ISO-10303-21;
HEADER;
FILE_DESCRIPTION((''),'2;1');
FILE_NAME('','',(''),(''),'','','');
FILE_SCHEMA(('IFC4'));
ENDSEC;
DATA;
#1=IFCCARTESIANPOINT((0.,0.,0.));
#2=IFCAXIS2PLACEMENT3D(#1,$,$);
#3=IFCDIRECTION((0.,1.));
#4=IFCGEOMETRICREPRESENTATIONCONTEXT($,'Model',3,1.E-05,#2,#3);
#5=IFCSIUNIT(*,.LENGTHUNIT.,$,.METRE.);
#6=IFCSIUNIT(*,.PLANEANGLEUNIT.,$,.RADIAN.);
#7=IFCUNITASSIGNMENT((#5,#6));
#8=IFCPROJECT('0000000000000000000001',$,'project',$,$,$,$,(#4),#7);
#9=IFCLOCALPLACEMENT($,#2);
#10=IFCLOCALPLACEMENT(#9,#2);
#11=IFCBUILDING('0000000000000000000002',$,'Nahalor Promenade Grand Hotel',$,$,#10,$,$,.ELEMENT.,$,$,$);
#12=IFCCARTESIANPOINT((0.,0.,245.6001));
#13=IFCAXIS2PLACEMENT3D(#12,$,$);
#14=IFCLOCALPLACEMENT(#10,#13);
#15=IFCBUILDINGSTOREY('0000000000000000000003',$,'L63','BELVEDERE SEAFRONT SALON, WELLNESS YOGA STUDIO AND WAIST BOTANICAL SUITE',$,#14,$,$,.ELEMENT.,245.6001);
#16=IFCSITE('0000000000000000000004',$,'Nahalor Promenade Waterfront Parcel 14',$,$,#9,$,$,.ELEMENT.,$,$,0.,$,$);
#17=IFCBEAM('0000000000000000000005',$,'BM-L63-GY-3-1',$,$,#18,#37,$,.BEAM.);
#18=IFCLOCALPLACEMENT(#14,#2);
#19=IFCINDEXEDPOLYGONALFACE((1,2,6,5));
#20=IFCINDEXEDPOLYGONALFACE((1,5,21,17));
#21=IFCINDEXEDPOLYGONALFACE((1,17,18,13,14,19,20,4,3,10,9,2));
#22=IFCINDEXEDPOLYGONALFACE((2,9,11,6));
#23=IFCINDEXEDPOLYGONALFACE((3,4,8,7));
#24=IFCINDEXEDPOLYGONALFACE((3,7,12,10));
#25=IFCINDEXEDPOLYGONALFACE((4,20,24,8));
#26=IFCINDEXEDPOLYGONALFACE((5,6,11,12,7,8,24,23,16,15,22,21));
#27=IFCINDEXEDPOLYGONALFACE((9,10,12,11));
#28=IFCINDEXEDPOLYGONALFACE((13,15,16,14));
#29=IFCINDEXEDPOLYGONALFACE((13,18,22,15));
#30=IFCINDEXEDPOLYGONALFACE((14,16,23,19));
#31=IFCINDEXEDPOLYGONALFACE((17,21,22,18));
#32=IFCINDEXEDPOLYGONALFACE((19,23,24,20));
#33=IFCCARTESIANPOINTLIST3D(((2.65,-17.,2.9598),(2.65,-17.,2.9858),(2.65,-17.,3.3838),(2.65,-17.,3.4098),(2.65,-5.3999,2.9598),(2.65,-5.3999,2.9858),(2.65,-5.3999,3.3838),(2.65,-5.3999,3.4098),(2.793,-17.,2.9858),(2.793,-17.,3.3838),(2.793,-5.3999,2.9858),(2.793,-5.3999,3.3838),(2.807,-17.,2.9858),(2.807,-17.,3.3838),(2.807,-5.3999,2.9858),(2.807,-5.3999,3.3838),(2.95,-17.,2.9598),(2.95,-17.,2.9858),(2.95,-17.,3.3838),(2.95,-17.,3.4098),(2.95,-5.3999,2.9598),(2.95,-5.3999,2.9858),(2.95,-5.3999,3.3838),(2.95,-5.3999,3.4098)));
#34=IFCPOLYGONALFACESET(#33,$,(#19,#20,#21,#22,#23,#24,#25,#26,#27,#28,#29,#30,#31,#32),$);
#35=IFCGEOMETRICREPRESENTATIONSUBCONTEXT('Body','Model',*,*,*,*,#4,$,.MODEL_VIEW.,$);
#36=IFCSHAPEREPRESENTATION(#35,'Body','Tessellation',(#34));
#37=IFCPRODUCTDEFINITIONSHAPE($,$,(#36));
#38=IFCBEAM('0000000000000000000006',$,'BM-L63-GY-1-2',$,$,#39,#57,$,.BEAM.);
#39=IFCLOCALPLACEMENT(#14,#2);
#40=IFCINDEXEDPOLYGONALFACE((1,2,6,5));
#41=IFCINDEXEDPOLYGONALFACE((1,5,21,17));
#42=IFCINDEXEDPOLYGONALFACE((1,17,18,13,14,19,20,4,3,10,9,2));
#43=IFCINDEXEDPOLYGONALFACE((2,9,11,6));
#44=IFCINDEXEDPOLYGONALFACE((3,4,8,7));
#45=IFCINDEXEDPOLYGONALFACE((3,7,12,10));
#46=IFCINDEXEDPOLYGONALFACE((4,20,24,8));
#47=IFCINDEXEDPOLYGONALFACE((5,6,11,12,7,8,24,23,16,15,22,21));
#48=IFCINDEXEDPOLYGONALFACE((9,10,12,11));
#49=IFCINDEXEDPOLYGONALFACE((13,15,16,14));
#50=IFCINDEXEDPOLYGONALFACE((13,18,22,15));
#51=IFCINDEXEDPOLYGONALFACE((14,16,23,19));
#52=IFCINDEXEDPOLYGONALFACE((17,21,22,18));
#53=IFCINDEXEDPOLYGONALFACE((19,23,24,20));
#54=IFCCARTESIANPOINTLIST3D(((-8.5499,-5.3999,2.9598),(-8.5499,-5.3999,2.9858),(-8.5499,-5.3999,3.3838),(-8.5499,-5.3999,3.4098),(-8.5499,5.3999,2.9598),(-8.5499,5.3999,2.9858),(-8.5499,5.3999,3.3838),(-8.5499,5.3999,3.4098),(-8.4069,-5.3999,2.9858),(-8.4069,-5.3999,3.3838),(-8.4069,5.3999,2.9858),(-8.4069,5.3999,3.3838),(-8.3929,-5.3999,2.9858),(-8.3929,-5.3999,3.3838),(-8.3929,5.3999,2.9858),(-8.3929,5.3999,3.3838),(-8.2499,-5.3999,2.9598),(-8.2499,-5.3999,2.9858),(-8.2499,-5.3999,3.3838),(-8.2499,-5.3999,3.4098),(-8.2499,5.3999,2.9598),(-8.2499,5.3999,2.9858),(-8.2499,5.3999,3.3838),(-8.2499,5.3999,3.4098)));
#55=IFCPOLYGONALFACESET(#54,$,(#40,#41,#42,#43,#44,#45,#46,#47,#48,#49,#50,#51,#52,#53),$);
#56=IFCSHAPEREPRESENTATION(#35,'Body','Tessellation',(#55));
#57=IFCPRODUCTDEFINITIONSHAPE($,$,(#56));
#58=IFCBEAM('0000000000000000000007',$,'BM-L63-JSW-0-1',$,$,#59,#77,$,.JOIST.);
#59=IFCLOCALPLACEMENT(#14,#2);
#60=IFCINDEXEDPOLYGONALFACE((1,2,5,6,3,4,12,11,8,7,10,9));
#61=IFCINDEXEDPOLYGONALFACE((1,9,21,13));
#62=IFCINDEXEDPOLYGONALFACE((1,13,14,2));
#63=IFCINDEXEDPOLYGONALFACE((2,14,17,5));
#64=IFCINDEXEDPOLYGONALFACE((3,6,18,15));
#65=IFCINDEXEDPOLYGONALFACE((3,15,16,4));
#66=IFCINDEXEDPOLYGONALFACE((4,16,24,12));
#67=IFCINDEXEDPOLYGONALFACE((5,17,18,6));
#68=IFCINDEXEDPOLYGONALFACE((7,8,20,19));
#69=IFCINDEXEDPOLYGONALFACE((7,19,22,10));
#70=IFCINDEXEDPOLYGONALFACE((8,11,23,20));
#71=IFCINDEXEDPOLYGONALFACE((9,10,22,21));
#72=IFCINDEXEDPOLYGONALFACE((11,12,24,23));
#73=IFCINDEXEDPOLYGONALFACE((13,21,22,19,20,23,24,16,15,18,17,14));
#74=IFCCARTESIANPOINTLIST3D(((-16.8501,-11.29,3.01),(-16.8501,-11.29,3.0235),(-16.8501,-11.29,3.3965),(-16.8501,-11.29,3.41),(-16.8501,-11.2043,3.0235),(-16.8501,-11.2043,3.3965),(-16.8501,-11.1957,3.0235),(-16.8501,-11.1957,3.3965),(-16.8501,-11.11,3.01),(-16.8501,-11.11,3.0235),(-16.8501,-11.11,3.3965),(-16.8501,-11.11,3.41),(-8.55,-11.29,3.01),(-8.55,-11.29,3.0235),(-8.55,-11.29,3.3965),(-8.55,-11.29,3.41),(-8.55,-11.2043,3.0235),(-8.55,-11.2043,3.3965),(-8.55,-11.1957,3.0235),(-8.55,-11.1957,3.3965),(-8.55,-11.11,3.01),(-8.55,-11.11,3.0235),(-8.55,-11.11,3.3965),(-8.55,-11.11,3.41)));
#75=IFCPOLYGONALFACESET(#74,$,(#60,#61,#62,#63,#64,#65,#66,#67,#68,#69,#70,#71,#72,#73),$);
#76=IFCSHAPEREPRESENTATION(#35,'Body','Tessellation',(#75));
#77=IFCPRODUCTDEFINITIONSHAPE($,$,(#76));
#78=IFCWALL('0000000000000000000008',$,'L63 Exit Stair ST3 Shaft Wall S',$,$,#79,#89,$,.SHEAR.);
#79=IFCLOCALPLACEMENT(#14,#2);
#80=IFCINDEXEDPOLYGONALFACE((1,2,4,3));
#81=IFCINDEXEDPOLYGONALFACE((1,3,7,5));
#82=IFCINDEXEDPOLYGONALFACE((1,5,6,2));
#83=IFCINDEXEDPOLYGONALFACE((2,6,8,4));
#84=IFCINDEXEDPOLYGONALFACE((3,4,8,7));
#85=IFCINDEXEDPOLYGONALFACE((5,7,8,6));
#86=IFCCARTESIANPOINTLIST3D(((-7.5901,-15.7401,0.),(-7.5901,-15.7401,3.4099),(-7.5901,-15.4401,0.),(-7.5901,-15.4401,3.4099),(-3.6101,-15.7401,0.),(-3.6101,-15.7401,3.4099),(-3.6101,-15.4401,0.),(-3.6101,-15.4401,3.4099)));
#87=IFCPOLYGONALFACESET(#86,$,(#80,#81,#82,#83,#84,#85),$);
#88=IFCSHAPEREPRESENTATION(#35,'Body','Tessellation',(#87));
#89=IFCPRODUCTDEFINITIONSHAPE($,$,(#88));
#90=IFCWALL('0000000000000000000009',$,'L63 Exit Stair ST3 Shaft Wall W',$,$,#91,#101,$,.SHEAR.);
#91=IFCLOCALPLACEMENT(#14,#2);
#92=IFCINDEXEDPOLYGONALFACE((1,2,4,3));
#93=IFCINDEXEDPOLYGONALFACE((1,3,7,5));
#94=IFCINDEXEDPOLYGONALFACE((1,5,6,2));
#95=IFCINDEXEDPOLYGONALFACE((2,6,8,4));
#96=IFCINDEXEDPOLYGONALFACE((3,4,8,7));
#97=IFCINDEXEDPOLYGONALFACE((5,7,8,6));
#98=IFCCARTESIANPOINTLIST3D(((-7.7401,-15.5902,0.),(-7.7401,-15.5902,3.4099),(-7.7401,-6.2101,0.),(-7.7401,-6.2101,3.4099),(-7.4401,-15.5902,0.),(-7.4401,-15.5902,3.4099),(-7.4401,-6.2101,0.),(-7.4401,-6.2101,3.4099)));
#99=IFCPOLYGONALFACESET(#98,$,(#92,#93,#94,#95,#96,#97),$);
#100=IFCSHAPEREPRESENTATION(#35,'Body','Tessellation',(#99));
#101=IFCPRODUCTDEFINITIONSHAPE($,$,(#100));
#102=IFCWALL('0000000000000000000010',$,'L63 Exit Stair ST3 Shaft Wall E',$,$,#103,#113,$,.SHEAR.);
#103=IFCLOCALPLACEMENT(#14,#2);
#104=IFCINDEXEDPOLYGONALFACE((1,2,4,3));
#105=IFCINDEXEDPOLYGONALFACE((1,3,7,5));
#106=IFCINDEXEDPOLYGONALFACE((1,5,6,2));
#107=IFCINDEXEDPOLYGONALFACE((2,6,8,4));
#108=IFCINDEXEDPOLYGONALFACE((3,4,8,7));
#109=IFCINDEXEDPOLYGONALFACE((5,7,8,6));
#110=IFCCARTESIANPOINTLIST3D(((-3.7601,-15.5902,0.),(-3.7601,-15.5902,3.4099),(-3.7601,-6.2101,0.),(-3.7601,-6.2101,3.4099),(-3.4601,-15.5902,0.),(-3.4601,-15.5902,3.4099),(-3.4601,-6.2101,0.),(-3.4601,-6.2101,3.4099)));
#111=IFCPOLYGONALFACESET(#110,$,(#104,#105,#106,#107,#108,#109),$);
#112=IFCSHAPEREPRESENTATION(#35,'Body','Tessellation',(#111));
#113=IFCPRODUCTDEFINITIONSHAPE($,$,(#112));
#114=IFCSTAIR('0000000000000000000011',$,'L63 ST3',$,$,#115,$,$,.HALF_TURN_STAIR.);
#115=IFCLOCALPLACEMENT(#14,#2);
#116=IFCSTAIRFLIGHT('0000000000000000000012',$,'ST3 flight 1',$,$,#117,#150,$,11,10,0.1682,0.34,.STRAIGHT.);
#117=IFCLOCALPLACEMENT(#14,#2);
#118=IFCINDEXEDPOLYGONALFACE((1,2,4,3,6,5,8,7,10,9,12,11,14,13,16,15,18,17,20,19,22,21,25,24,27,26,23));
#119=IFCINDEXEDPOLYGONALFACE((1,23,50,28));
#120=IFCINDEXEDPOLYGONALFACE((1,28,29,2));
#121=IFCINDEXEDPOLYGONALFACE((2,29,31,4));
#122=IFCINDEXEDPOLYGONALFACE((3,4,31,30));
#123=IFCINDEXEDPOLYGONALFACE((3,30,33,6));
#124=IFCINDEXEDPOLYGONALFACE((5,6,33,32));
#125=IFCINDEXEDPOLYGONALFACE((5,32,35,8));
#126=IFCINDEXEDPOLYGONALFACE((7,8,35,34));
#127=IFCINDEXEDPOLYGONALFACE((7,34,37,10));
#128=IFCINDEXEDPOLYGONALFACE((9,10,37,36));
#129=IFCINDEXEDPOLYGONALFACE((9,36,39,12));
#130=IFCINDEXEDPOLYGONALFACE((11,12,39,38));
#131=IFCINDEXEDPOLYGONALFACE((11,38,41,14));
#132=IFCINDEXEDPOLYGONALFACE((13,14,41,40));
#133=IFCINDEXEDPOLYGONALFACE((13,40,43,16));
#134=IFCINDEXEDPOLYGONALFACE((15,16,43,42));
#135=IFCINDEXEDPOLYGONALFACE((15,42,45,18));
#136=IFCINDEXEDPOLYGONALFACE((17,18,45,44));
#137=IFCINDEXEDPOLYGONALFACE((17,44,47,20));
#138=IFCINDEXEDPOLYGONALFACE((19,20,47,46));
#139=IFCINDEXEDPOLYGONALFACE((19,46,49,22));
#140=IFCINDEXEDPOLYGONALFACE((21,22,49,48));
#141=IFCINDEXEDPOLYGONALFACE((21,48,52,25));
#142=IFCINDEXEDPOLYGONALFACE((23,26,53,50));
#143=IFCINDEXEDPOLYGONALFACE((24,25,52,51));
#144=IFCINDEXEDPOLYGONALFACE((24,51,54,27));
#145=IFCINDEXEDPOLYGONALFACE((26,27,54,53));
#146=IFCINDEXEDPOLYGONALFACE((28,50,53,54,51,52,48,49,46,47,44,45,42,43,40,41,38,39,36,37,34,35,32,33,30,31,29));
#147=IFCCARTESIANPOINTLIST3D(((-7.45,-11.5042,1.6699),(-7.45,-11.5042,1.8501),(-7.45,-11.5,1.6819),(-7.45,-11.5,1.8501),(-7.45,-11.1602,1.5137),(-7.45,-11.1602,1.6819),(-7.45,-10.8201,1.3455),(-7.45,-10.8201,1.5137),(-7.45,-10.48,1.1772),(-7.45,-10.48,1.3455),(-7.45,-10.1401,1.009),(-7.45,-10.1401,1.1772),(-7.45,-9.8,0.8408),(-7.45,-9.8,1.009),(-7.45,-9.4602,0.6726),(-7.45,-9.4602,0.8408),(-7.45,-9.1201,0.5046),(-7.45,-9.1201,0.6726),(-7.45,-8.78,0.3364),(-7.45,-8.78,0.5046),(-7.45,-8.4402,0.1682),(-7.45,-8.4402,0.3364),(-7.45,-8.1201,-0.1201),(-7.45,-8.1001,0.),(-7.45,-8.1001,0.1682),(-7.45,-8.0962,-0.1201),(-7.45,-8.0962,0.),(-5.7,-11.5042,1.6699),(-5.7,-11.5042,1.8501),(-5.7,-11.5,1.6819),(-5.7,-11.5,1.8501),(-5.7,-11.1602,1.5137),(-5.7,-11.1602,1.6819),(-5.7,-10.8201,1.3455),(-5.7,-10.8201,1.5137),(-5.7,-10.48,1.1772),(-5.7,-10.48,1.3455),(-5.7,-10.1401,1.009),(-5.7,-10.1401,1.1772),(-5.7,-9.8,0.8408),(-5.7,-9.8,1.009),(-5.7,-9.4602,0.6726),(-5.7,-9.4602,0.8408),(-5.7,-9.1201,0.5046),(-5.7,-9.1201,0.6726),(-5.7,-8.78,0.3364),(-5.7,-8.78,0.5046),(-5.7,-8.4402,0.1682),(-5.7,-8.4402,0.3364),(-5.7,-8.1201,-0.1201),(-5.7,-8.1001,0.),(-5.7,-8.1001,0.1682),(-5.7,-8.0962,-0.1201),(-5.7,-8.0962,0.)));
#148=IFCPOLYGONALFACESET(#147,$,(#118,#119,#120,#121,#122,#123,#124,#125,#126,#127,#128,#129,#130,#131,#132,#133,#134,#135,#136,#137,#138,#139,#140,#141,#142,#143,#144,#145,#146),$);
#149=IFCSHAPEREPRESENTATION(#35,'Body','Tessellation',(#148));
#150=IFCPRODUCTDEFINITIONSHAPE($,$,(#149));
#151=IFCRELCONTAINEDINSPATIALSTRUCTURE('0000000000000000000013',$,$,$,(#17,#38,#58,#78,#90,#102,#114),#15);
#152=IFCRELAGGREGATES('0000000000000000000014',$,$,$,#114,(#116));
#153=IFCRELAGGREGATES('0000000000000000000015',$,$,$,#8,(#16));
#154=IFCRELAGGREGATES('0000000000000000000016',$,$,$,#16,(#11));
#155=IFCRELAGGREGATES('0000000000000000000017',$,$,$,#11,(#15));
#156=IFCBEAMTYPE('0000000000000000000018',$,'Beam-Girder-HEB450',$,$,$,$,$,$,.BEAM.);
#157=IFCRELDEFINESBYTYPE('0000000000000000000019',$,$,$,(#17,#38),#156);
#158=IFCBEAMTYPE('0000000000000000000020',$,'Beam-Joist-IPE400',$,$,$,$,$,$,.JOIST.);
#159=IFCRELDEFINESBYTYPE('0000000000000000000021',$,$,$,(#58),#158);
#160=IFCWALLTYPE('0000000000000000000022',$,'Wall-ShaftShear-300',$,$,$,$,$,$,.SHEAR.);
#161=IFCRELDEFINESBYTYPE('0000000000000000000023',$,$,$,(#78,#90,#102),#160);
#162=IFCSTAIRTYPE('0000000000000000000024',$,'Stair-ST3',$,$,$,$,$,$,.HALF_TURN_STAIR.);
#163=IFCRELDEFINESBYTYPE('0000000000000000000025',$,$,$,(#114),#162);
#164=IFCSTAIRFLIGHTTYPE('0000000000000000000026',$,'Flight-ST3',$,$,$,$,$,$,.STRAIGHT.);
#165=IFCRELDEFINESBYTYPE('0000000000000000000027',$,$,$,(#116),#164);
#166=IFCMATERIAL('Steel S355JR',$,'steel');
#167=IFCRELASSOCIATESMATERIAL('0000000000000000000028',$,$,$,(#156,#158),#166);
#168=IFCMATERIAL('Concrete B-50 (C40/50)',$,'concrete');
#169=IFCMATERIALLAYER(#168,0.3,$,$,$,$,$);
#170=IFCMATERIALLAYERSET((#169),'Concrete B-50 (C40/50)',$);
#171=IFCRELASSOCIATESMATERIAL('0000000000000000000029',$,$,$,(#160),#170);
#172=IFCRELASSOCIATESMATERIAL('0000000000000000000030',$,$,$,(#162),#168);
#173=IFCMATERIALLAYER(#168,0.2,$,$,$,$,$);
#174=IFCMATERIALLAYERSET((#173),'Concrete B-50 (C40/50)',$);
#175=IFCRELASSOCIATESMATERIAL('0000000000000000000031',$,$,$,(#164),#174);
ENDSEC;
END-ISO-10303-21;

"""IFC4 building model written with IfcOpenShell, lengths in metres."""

from ifc_helpers import new_model, si_unit, direction, frame, frame_2d, origin, origin_2d, place, context, subcontext, project, spatial, polyline, rectangle, i_section, outline, extrude, source, transform, mapped, material, layer, layer_set, material_profile, profile_set, type_object, element, aggregate, save


model = new_model("IFC4")

# Units and contexts
model_context = context("Model", 3, precision=1e-05, world=origin(), true_north=direction((0.0, 1.0)))
body_context = subcontext(model_context, "Body", "Model", "MODEL_VIEW")
ifc_project = project(units=[si_unit("LENGTHUNIT", "METRE"), si_unit("PLANEANGLEUNIT", "RADIAN")], contexts=[model_context])

# Site, building, storey
site_placement = place(None, origin())
site = spatial("IfcSite", under=ifc_project, at=site_placement, Name="Nahalor Promenade Waterfront Parcel 14", CompositionType="ELEMENT", RefElevation=0.0)
building_placement = place(site_placement, origin())
building = spatial("IfcBuilding", under=site, at=building_placement, Name="Nahalor Promenade Grand Hotel", CompositionType="ELEMENT")
storey_placement = place(building_placement, frame((0.0, 0.0, 245.6001)))
storey = spatial("IfcBuildingStorey", under=building, at=storey_placement, Name="L63", Description="BELVEDERE SEAFRONT SALON, WELLNESS YOGA STUDIO AND WAIST BOTANICAL SUITE", CompositionType="ELEMENT", Elevation=245.6001)

# Beams
ifc_material_1 = material(Name="Steel S355JR", Category="steel")
ifc_material_profile_1 = material_profile(ifc_material_1, i_section(OverallWidth=0.3, OverallDepth=0.45, WebThickness=0.014, FlangeThickness=0.026, at=origin_2d()), Name="HEB 450")
ifc_profile_set_1 = profile_set([ifc_material_profile_1], Name="Steel S355JR")
beam_type_1 = type_object("IfcBeamType", Name="Beam-Girder-HEB450", PredefinedType="BEAM", material=ifc_profile_set_1)
shared_shape_1 = source(origin(), body_context, "Body", "SweptSolid", [
    extrude(i_section(OverallWidth=0.3, OverallDepth=0.45, WebThickness=0.014, FlangeThickness=0.026, at=origin_2d()), origin(), (0.0, 0.0, 1.0), 11.6001),
])
for number, where, z_axis, x_axis, name in (
    (1, (2.8, -17.0, 3.1848), (0.0, 1.0, 0.0), (-1.0, 0.0, 0.0), "BM-L63-GY-3-1"),
):
    element("IfcBeam", number, at=place(storey_placement, frame(where, z_axis=z_axis, x_axis=x_axis)), inside=storey, type_object=beam_type_1, Name=name, PredefinedType="BEAM", context=body_context, shape_type="MappedRepresentation", body=[
        mapped(shared_shape_1, transform((0.0, 0.0, 0.0), scale=1.0)),
    ])
shared_shape_2 = source(origin(), body_context, "Body", "SweptSolid", [
    extrude(i_section(OverallWidth=0.3, OverallDepth=0.45, WebThickness=0.014, FlangeThickness=0.026, at=origin_2d()), origin(), (0.0, 0.0, 1.0), 10.7998),
])
beam_1_placement = place(storey_placement, frame((-8.3999, -5.3999, 3.1848), z_axis=(0.0, 1.0, 0.0), x_axis=(-1.0, 0.0, 0.0)))
element("IfcBeam", 2, at=beam_1_placement, inside=storey, type_object=beam_type_1, Name="BM-L63-GY-1-2", PredefinedType="BEAM", context=body_context, shape_type="MappedRepresentation", body=[
    mapped(shared_shape_2, transform((0.0, 0.0, 0.0), scale=1.0)),
])
ifc_material_profile_2 = material_profile(ifc_material_1, i_section(OverallWidth=0.18, OverallDepth=0.4, WebThickness=0.0086, FlangeThickness=0.0135, at=origin_2d()), Name="IPE 400")
ifc_profile_set_2 = profile_set([ifc_material_profile_2], Name="Steel S355JR")
beam_type_2 = type_object("IfcBeamType", Name="Beam-Joist-IPE400", PredefinedType="JOIST", material=ifc_profile_set_2)
shared_shape_3 = source(origin(), body_context, "Body", "SweptSolid", [
    extrude(i_section(OverallWidth=0.18, OverallDepth=0.4, WebThickness=0.0086, FlangeThickness=0.0135, at=origin_2d()), origin(), (0.0, 0.0, 1.0), 8.3),
])
beam_2_placement = place(storey_placement, frame((-16.8501, -11.2, 3.21), z_axis=(1.0, 0.0, 0.0), x_axis=(0.0, 1.0, 0.0)))
element("IfcBeam", 3, at=beam_2_placement, inside=storey, type_object=beam_type_2, Name="BM-L63-JSW-0-1", PredefinedType="JOIST", context=body_context, shape_type="MappedRepresentation", body=[
    mapped(shared_shape_3, transform((0.0, 0.0, 0.0), scale=1.0)),
])

# Wall
ifc_material_2 = material(Name="Concrete B-50 (C40/50)", Category="concrete")
ifc_layer_1 = layer(ifc_material_2, 0.3)
ifc_layer_set_1 = layer_set([ifc_layer_1], Name="Concrete B-50 (C40/50)")
wall_type = type_object("IfcWallType", Name="Wall-ShaftShear-300", PredefinedType="SHEAR", material=ifc_layer_set_1)
shared_shape_4 = source(origin(), body_context, "Body", "SweptSolid", [
    extrude(rectangle(XDim=3.98, YDim=0.3, at=frame_2d((1.99, 0.0))), origin(), (0.0, 0.0, 1.0), 3.4099),
])
wall_1_placement = place(storey_placement, frame((-7.5901, -15.5901, 0.0), z_axis=(0.0, 0.0, 1.0), x_axis=(1.0, 0.0, 0.0)))
element("IfcWall", 4, at=wall_1_placement, inside=storey, type_object=wall_type, Name="L63 Exit Stair ST3 Shaft Wall S", PredefinedType="SHEAR", context=body_context, shape_type="MappedRepresentation", body=[
    mapped(shared_shape_4, transform((0.0, 0.0, 0.0), scale=1.0)),
])

# Walls
shared_shape_5 = source(origin(), body_context, "Body", "SweptSolid", [
    extrude(rectangle(XDim=9.3801, YDim=0.3, at=frame_2d((4.6899, 0.0))), origin(), (0.0, 0.0, 1.0), 3.4099),
])
for number, where, z_axis, x_axis, name in (
    (5, (-7.5901, -15.5901, 0.0), (0.0, 0.0, 1.0), (0.0, 1.0, 0.0), "L63 Exit Stair ST3 Shaft Wall W"),
    (6, (-3.6101, -15.5901, 0.0), (0.0, 0.0, 1.0), (0.0, 1.0, 0.0), "L63 Exit Stair ST3 Shaft Wall E"),
):
    element("IfcWall", number, at=place(storey_placement, frame(where, z_axis=z_axis, x_axis=x_axis)), inside=storey, type_object=wall_type, Name=name, PredefinedType="SHEAR", context=body_context, shape_type="MappedRepresentation", body=[
        mapped(shared_shape_5, transform((0.0, 0.0, 0.0), scale=1.0)),
    ])

# Stair, stair flight
stair_type = type_object("IfcStairType", Name="Stair-ST3", PredefinedType="HALF_TURN_STAIR", material=ifc_material_2)
stair_placement = place(storey_placement, origin())
stair = element("IfcStair", 7, at=stair_placement, inside=storey, type_object=stair_type, Name="L63 ST3", PredefinedType="HALF_TURN_STAIR")
ifc_layer_2 = layer(ifc_material_2, 0.2)
ifc_layer_set_2 = layer_set([ifc_layer_2], Name="Concrete B-50 (C40/50)")
stair_flight_type = type_object("IfcStairFlightType", Name="Flight-ST3", PredefinedType="STRAIGHT", material=ifc_layer_set_2)
shared_shape_6 = source(origin(), body_context, "Body", "SweptSolid", [
    extrude(outline(polyline([(-0.0039, -0.1201), (-0.0039, 0.0), (0.0, 0.0), (0.0, 0.1682), (0.3401, 0.1682), (0.3401, 0.3364), (0.6799, 0.3364), (0.6799, 0.5046), (1.02, 0.5046), (1.02, 0.6726), (1.3601, 0.6726), (1.3601, 0.8408), (1.7, 0.8408), (1.7, 1.009), (2.04, 1.009), (2.04, 1.1772), (2.3799, 1.1772), (2.3799, 1.3455), (2.72, 1.3455), (2.72, 1.5137), (3.0601, 1.5137), (3.0601, 1.6819), (3.3999, 1.6819), (3.3999, 1.8501), (3.4041, 1.8501), (3.4041, 1.6699), (0.02, -0.1201), (-0.0039, -0.1201)])), frame((0.0, 0.875, 0.0), z_axis=(0.0, -1.0, 0.0), x_axis=(1.0, 0.0, 0.0)), (0.0, 0.0, 1.0), 1.75),
])
stair_flight_1_placement = place(storey_placement, frame((-6.575, -8.1001, 0.0), z_axis=(0.0, 0.0, 1.0), x_axis=(0.0, -1.0, 0.0)))
stair_flight_1 = element("IfcStairFlight", 8, at=stair_flight_1_placement, type_object=stair_flight_type, Name="ST3 flight 1", NumberOfRisers=11, NumberOfTreads=10, PredefinedType="STRAIGHT", RiserHeight=0.1682, TreadLength=0.34, context=body_context, shape_type="MappedRepresentation", body=[
    mapped(shared_shape_6, transform((0.0, 0.0, 0.0), scale=1.0)),
])
aggregate(stair, [stair_flight_1])

save(model, "model.ifc")
